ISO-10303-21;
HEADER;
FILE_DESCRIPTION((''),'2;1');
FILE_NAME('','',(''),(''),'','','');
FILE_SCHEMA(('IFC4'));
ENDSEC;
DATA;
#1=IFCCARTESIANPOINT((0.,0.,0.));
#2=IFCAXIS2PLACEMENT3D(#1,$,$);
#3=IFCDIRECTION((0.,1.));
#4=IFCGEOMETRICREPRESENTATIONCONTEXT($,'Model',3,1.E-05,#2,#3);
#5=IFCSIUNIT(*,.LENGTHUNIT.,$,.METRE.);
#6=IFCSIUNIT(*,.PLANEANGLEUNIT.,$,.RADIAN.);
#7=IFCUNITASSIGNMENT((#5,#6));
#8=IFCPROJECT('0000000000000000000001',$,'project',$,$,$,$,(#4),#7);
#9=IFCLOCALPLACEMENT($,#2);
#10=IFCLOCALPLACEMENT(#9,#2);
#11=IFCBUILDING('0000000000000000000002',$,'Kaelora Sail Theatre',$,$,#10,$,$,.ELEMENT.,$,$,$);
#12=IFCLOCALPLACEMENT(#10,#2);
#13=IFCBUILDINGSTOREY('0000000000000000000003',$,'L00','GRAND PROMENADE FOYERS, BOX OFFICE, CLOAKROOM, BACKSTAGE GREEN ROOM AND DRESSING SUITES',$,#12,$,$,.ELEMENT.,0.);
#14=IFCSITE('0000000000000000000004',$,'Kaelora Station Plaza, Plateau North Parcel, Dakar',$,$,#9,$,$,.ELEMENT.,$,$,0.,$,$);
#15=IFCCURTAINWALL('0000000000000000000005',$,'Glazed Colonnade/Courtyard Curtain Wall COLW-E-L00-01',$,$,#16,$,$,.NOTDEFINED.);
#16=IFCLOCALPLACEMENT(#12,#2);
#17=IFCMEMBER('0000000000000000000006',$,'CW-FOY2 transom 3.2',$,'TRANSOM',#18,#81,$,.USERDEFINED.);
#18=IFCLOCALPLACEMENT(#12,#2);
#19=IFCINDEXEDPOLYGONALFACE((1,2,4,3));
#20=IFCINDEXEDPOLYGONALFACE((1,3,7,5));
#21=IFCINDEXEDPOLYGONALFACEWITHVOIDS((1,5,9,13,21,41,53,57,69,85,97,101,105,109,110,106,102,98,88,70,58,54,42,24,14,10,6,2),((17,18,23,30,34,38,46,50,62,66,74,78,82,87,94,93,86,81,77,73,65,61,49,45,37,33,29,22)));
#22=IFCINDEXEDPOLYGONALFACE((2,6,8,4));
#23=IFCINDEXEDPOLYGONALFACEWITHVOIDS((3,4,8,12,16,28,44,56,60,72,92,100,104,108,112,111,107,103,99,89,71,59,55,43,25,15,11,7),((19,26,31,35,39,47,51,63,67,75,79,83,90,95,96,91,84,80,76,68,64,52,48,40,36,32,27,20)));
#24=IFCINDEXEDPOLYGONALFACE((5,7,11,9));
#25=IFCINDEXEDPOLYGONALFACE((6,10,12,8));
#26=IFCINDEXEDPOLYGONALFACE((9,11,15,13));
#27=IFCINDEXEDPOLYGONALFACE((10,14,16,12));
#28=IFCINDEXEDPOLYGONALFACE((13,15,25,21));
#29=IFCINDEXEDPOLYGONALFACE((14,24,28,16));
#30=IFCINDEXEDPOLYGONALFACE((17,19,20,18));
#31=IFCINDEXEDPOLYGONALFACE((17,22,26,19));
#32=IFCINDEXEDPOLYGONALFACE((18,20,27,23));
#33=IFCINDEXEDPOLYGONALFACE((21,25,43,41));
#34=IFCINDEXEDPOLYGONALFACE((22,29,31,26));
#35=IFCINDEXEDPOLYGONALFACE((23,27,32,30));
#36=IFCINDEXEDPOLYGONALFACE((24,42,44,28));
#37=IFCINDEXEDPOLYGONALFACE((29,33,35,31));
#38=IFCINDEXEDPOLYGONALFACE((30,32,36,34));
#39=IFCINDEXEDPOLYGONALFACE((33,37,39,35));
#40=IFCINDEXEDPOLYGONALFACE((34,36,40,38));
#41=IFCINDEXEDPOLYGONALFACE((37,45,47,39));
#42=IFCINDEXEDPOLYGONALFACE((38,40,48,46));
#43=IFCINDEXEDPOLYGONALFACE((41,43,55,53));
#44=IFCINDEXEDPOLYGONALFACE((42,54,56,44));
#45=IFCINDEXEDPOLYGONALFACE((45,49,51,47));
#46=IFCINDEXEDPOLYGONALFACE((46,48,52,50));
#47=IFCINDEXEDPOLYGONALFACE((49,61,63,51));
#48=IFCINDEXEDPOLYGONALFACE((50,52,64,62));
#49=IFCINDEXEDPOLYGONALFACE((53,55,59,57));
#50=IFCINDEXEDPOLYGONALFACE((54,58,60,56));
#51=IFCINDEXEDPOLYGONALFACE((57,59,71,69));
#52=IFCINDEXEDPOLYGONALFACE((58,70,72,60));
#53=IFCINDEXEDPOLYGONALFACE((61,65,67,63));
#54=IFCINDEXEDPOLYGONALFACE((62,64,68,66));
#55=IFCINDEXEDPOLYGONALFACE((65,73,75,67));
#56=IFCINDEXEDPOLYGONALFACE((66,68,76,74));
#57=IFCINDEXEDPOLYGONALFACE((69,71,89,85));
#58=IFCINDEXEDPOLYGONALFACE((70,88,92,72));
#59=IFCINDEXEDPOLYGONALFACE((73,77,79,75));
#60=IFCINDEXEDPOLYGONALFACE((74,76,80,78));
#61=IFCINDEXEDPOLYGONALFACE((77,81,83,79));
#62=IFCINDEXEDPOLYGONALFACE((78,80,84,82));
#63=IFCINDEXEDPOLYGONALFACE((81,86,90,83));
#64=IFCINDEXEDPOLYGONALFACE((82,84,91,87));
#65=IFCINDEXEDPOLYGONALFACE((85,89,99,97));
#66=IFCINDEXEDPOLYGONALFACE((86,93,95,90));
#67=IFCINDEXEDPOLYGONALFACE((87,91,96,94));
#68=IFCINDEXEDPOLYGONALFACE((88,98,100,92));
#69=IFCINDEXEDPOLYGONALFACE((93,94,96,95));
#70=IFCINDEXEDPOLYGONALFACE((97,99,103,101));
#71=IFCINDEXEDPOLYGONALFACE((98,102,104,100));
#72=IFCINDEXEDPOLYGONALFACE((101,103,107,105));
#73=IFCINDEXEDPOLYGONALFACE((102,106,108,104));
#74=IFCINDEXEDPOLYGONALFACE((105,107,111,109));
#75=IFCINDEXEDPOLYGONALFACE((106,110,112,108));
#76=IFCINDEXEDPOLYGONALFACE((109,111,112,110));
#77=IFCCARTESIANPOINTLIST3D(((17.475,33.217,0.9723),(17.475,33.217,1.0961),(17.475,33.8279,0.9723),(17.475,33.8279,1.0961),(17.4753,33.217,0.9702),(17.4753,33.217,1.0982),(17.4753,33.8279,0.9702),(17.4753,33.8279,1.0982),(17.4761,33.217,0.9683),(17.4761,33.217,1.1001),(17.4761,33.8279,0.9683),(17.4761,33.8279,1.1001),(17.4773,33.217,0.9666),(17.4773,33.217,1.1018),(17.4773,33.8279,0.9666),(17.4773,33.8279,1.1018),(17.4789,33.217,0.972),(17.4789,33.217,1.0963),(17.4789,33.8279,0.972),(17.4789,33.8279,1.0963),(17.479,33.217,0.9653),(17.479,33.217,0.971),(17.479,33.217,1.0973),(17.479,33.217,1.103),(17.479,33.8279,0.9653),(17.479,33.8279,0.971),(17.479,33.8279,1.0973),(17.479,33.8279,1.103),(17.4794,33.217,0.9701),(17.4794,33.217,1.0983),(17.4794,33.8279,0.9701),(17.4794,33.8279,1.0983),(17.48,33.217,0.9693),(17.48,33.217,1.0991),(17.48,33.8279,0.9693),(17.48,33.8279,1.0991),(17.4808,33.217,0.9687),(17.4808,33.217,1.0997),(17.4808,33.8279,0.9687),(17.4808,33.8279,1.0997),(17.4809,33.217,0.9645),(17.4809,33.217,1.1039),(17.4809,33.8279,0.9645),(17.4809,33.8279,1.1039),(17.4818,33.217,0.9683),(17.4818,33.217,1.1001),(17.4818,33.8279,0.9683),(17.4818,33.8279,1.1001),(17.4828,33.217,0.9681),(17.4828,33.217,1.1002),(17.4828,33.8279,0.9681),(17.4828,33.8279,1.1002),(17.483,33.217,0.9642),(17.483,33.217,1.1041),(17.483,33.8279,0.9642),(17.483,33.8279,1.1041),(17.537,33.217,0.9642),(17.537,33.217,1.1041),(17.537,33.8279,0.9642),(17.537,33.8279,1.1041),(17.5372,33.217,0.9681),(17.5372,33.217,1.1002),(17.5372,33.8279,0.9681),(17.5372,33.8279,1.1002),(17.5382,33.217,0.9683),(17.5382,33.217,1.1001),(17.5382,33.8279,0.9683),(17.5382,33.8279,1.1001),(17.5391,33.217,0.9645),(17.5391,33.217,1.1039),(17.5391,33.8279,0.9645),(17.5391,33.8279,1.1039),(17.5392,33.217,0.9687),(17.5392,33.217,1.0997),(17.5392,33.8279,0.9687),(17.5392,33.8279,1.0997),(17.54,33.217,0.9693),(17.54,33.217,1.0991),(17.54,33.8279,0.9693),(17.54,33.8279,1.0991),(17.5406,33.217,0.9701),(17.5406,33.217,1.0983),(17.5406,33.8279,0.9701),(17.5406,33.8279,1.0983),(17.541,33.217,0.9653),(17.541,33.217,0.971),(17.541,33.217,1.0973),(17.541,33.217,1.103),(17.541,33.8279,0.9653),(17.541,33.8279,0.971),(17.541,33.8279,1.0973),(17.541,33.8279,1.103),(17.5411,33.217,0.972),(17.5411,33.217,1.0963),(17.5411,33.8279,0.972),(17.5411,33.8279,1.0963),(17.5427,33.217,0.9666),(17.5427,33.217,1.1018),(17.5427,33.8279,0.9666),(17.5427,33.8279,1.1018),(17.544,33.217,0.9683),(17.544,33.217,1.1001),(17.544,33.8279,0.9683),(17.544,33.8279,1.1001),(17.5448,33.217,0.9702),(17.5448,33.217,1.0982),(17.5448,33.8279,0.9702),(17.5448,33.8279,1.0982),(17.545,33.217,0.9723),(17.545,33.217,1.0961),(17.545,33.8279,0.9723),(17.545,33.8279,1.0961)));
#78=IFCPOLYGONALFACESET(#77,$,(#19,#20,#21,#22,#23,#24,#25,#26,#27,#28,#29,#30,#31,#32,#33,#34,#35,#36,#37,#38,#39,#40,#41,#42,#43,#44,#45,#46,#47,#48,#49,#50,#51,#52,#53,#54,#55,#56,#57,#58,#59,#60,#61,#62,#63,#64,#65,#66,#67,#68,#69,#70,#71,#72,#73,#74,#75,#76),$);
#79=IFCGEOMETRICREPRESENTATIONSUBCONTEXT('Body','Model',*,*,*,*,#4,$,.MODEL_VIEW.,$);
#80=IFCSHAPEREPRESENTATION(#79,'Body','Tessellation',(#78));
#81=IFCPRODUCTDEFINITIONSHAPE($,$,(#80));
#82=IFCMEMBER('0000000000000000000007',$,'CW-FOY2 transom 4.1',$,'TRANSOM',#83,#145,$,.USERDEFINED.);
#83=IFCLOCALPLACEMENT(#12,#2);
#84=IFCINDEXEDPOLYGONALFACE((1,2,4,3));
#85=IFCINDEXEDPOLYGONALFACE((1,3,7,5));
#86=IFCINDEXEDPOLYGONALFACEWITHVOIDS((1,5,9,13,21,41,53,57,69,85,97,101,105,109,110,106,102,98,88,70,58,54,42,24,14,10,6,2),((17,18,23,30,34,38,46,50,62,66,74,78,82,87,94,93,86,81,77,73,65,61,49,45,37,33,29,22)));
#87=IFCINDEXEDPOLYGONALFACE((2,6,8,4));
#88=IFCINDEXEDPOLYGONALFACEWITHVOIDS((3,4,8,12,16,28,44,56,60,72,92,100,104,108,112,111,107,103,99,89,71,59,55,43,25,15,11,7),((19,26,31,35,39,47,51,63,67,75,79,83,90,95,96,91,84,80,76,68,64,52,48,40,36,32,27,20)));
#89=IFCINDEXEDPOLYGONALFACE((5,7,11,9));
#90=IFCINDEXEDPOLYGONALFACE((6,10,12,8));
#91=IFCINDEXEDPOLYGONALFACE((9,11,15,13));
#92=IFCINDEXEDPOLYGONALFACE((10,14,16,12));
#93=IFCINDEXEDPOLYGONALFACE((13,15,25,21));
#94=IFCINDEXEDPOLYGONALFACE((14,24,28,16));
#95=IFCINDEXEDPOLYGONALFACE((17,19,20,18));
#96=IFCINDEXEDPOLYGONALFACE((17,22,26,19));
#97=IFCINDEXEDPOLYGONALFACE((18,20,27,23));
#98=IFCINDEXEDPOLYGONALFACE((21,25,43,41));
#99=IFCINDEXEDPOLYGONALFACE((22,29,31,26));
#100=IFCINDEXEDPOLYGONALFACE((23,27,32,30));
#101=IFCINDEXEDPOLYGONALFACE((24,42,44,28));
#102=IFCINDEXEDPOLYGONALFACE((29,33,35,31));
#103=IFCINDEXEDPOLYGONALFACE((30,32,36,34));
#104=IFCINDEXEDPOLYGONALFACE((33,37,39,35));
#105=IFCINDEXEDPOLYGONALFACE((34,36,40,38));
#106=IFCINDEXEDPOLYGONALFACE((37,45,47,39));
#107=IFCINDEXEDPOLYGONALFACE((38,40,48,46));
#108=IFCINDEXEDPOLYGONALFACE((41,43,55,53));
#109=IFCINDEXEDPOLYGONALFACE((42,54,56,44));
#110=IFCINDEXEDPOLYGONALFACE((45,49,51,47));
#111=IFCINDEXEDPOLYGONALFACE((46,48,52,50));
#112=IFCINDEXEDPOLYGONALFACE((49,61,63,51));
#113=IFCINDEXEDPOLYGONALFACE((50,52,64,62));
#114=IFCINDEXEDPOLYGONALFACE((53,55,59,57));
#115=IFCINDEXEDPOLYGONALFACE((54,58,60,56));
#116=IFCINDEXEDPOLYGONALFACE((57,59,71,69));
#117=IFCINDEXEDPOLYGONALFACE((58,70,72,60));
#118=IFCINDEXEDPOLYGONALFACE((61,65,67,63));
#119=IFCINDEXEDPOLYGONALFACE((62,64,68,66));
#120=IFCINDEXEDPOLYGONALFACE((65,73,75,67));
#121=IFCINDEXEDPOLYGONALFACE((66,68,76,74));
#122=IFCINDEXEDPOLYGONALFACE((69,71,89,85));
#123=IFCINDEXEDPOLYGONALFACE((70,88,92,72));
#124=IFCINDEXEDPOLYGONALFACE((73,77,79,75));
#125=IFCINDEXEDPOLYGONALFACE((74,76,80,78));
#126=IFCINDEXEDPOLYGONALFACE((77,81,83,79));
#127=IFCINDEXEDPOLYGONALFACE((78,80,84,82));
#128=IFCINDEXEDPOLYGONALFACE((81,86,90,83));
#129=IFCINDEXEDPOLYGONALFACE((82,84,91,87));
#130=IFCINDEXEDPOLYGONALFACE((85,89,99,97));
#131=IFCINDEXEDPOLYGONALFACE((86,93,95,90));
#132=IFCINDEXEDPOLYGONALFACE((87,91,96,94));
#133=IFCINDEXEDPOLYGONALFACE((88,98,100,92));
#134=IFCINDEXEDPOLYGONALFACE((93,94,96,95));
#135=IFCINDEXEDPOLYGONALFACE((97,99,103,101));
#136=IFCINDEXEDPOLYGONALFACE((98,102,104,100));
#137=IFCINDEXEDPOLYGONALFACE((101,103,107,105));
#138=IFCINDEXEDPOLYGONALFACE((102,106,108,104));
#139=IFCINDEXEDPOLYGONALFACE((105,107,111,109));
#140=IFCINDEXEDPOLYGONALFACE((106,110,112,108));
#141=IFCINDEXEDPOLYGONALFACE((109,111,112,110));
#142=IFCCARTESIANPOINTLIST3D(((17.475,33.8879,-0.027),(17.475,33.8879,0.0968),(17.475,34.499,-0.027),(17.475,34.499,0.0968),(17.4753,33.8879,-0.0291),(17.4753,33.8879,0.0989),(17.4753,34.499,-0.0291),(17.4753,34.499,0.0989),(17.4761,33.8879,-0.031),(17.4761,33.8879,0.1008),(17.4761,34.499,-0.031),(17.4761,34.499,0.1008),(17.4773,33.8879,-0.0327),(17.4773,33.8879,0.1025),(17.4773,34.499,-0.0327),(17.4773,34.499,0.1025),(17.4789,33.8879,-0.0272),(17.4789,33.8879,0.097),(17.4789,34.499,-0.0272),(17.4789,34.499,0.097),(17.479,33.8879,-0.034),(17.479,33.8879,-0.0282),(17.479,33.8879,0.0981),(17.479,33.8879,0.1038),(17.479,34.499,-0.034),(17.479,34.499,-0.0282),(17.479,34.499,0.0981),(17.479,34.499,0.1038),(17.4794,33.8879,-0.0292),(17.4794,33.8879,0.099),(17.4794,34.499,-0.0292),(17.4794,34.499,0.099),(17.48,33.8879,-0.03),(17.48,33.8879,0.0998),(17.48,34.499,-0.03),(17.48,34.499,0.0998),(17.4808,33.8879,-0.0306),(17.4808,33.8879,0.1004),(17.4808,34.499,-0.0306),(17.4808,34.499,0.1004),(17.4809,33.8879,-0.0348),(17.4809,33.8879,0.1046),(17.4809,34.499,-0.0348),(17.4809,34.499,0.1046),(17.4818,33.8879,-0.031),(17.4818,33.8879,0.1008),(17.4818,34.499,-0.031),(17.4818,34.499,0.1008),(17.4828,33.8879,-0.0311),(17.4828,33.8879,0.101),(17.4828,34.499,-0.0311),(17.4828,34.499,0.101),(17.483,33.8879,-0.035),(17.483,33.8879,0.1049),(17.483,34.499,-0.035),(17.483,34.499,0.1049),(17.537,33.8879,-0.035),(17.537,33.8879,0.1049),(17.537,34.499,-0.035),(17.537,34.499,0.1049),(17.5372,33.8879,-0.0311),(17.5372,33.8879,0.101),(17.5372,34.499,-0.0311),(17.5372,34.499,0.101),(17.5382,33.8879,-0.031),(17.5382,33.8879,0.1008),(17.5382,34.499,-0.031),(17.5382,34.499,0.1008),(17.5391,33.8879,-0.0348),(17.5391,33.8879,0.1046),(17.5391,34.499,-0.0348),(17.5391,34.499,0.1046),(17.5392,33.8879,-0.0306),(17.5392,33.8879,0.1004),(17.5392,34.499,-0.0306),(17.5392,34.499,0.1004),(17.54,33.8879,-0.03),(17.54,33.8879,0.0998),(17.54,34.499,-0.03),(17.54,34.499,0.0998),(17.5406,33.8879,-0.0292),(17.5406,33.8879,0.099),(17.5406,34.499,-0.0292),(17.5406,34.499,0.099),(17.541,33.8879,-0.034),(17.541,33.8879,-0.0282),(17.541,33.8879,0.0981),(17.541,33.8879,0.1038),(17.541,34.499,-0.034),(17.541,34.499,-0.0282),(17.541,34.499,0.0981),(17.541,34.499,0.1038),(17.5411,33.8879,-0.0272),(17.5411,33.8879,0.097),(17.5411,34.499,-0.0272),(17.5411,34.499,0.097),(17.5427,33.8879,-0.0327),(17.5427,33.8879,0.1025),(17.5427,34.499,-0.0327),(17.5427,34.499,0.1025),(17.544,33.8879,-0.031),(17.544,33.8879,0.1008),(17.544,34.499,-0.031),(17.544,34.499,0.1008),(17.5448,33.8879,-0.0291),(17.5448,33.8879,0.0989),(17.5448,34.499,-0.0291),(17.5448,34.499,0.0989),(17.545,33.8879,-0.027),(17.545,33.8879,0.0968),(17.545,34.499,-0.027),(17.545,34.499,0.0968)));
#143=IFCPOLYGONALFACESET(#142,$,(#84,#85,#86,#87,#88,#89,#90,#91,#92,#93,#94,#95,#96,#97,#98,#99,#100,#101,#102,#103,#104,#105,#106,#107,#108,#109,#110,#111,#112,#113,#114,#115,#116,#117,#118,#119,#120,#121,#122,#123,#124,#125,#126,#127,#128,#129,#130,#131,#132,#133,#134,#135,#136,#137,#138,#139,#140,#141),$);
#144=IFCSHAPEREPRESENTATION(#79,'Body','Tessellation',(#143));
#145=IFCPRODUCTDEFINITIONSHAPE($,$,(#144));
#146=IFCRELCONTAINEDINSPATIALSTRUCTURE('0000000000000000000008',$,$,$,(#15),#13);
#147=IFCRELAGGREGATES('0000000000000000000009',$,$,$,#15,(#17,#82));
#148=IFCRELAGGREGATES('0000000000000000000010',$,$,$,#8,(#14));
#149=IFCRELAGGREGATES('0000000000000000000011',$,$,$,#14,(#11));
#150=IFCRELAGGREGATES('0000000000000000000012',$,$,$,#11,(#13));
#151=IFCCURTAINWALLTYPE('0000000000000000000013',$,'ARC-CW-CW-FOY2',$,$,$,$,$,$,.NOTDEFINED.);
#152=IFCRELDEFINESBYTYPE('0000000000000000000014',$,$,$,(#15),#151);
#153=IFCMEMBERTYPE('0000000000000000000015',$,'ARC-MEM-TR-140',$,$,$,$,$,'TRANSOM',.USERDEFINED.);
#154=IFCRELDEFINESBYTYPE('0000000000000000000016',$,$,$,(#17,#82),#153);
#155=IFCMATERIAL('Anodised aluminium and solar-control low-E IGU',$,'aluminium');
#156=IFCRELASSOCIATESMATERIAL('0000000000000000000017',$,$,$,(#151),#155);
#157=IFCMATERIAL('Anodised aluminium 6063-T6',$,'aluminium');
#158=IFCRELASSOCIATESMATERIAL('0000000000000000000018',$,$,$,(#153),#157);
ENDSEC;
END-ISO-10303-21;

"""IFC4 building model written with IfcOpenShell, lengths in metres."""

from ifc_helpers import new_model, si_unit, direction, frame, origin, origin_2d, place, context, subcontext, project, spatial, hollow_rectangle, extrude, material, material_profile, profile_set, type_object, element, aggregate, save


model = new_model("IFC4")

# Units and contexts
model_context = context("Model", 3, precision=1e-05, world=origin(), true_north=direction((0.0, 1.0)))
body_context = subcontext(model_context, "Body", "Model", "MODEL_VIEW")
ifc_project = project(units=[si_unit("LENGTHUNIT", "METRE"), si_unit("PLANEANGLEUNIT", "RADIAN")], contexts=[model_context])

# Site, building, storey
site_placement = place(None, origin())
site = spatial("IfcSite", under=ifc_project, at=site_placement, Name="Kaelora Station Plaza, Plateau North Parcel, Dakar", CompositionType="ELEMENT", RefElevation=0.0)
building_placement = place(site_placement, origin())
building = spatial("IfcBuilding", under=site, at=building_placement, Name="Kaelora Sail Theatre", CompositionType="ELEMENT")
storey_placement = place(building_placement, origin())
storey = spatial("IfcBuildingStorey", under=building, at=storey_placement, Name="L00", Description="GRAND PROMENADE FOYERS, BOX OFFICE, CLOAKROOM, BACKSTAGE GREEN ROOM AND DRESSING SUITES", CompositionType="ELEMENT", Elevation=0.0)

# Curtain wall, members
ifc_material_1 = material(Name="Anodised aluminium and solar-control low-E IGU", Category="aluminium")
curtain_wall_type = type_object("IfcCurtainWallType", Name="ARC-CW-CW-FOY2", PredefinedType="NOTDEFINED", material=ifc_material_1)
curtain_wall_placement = place(storey_placement, origin())
curtain_wall = element("IfcCurtainWall", 1, at=curtain_wall_placement, inside=storey, type_object=curtain_wall_type, Name="Glazed Colonnade/Courtyard Curtain Wall COLW-E-L00-01", PredefinedType="NOTDEFINED")
ifc_material_2 = material(Name="Anodised aluminium 6063-T6", Category="aluminium")
ifc_material_profile_1 = material_profile(ifc_material_2, hollow_rectangle(XDim=0.0701, YDim=0.1399, WallThickness=0.0039, InnerFilletRadius=0.0039, OuterFilletRadius=0.0081, at=origin_2d()), Name="ALU-TRAN 70x140x4")
ifc_profile_set_1 = profile_set([ifc_material_profile_1], Name="Anodised aluminium 6063-T6")
member_type_1 = type_object("IfcMemberType", Name="ARC-MEM-TR-140", ElementType="TRANSOM", PredefinedType="USERDEFINED", material=ifc_profile_set_1)
member_1_placement = place(storey_placement, frame((17.51, 33.217, 1.0342), z_axis=(0.0, 1.0, 0.0), x_axis=(-1.0, 0.0, 0.0)))
member_1 = element("IfcMember", 2, at=member_1_placement, type_object=member_type_1, Name="CW-FOY2 transom 3.2", ObjectType="TRANSOM", PredefinedType="USERDEFINED", context=body_context, shape_type="SweptSolid", body=[
    extrude(hollow_rectangle(XDim=0.0701, YDim=0.1399, WallThickness=0.0039, InnerFilletRadius=0.0039, OuterFilletRadius=0.0081, at=origin_2d()), origin(), (0.0, 0.0, 1.0), 0.6108),
])
member_2_placement = place(storey_placement, frame((17.51, 33.8879, 0.0349), z_axis=(0.0, 1.0, 0.0), x_axis=(-1.0, 0.0, 0.0)))
member_2 = element("IfcMember", 3, at=member_2_placement, type_object=member_type_1, Name="CW-FOY2 transom 4.1", ObjectType="TRANSOM", PredefinedType="USERDEFINED", context=body_context, shape_type="SweptSolid", body=[
    extrude(hollow_rectangle(XDim=0.0701, YDim=0.1399, WallThickness=0.0039, InnerFilletRadius=0.0039, OuterFilletRadius=0.0081, at=origin_2d()), origin(), (0.0, 0.0, 1.0), 0.6111),
])
aggregate(curtain_wall, [member_1, member_2])

save(model, "model.ifc")
